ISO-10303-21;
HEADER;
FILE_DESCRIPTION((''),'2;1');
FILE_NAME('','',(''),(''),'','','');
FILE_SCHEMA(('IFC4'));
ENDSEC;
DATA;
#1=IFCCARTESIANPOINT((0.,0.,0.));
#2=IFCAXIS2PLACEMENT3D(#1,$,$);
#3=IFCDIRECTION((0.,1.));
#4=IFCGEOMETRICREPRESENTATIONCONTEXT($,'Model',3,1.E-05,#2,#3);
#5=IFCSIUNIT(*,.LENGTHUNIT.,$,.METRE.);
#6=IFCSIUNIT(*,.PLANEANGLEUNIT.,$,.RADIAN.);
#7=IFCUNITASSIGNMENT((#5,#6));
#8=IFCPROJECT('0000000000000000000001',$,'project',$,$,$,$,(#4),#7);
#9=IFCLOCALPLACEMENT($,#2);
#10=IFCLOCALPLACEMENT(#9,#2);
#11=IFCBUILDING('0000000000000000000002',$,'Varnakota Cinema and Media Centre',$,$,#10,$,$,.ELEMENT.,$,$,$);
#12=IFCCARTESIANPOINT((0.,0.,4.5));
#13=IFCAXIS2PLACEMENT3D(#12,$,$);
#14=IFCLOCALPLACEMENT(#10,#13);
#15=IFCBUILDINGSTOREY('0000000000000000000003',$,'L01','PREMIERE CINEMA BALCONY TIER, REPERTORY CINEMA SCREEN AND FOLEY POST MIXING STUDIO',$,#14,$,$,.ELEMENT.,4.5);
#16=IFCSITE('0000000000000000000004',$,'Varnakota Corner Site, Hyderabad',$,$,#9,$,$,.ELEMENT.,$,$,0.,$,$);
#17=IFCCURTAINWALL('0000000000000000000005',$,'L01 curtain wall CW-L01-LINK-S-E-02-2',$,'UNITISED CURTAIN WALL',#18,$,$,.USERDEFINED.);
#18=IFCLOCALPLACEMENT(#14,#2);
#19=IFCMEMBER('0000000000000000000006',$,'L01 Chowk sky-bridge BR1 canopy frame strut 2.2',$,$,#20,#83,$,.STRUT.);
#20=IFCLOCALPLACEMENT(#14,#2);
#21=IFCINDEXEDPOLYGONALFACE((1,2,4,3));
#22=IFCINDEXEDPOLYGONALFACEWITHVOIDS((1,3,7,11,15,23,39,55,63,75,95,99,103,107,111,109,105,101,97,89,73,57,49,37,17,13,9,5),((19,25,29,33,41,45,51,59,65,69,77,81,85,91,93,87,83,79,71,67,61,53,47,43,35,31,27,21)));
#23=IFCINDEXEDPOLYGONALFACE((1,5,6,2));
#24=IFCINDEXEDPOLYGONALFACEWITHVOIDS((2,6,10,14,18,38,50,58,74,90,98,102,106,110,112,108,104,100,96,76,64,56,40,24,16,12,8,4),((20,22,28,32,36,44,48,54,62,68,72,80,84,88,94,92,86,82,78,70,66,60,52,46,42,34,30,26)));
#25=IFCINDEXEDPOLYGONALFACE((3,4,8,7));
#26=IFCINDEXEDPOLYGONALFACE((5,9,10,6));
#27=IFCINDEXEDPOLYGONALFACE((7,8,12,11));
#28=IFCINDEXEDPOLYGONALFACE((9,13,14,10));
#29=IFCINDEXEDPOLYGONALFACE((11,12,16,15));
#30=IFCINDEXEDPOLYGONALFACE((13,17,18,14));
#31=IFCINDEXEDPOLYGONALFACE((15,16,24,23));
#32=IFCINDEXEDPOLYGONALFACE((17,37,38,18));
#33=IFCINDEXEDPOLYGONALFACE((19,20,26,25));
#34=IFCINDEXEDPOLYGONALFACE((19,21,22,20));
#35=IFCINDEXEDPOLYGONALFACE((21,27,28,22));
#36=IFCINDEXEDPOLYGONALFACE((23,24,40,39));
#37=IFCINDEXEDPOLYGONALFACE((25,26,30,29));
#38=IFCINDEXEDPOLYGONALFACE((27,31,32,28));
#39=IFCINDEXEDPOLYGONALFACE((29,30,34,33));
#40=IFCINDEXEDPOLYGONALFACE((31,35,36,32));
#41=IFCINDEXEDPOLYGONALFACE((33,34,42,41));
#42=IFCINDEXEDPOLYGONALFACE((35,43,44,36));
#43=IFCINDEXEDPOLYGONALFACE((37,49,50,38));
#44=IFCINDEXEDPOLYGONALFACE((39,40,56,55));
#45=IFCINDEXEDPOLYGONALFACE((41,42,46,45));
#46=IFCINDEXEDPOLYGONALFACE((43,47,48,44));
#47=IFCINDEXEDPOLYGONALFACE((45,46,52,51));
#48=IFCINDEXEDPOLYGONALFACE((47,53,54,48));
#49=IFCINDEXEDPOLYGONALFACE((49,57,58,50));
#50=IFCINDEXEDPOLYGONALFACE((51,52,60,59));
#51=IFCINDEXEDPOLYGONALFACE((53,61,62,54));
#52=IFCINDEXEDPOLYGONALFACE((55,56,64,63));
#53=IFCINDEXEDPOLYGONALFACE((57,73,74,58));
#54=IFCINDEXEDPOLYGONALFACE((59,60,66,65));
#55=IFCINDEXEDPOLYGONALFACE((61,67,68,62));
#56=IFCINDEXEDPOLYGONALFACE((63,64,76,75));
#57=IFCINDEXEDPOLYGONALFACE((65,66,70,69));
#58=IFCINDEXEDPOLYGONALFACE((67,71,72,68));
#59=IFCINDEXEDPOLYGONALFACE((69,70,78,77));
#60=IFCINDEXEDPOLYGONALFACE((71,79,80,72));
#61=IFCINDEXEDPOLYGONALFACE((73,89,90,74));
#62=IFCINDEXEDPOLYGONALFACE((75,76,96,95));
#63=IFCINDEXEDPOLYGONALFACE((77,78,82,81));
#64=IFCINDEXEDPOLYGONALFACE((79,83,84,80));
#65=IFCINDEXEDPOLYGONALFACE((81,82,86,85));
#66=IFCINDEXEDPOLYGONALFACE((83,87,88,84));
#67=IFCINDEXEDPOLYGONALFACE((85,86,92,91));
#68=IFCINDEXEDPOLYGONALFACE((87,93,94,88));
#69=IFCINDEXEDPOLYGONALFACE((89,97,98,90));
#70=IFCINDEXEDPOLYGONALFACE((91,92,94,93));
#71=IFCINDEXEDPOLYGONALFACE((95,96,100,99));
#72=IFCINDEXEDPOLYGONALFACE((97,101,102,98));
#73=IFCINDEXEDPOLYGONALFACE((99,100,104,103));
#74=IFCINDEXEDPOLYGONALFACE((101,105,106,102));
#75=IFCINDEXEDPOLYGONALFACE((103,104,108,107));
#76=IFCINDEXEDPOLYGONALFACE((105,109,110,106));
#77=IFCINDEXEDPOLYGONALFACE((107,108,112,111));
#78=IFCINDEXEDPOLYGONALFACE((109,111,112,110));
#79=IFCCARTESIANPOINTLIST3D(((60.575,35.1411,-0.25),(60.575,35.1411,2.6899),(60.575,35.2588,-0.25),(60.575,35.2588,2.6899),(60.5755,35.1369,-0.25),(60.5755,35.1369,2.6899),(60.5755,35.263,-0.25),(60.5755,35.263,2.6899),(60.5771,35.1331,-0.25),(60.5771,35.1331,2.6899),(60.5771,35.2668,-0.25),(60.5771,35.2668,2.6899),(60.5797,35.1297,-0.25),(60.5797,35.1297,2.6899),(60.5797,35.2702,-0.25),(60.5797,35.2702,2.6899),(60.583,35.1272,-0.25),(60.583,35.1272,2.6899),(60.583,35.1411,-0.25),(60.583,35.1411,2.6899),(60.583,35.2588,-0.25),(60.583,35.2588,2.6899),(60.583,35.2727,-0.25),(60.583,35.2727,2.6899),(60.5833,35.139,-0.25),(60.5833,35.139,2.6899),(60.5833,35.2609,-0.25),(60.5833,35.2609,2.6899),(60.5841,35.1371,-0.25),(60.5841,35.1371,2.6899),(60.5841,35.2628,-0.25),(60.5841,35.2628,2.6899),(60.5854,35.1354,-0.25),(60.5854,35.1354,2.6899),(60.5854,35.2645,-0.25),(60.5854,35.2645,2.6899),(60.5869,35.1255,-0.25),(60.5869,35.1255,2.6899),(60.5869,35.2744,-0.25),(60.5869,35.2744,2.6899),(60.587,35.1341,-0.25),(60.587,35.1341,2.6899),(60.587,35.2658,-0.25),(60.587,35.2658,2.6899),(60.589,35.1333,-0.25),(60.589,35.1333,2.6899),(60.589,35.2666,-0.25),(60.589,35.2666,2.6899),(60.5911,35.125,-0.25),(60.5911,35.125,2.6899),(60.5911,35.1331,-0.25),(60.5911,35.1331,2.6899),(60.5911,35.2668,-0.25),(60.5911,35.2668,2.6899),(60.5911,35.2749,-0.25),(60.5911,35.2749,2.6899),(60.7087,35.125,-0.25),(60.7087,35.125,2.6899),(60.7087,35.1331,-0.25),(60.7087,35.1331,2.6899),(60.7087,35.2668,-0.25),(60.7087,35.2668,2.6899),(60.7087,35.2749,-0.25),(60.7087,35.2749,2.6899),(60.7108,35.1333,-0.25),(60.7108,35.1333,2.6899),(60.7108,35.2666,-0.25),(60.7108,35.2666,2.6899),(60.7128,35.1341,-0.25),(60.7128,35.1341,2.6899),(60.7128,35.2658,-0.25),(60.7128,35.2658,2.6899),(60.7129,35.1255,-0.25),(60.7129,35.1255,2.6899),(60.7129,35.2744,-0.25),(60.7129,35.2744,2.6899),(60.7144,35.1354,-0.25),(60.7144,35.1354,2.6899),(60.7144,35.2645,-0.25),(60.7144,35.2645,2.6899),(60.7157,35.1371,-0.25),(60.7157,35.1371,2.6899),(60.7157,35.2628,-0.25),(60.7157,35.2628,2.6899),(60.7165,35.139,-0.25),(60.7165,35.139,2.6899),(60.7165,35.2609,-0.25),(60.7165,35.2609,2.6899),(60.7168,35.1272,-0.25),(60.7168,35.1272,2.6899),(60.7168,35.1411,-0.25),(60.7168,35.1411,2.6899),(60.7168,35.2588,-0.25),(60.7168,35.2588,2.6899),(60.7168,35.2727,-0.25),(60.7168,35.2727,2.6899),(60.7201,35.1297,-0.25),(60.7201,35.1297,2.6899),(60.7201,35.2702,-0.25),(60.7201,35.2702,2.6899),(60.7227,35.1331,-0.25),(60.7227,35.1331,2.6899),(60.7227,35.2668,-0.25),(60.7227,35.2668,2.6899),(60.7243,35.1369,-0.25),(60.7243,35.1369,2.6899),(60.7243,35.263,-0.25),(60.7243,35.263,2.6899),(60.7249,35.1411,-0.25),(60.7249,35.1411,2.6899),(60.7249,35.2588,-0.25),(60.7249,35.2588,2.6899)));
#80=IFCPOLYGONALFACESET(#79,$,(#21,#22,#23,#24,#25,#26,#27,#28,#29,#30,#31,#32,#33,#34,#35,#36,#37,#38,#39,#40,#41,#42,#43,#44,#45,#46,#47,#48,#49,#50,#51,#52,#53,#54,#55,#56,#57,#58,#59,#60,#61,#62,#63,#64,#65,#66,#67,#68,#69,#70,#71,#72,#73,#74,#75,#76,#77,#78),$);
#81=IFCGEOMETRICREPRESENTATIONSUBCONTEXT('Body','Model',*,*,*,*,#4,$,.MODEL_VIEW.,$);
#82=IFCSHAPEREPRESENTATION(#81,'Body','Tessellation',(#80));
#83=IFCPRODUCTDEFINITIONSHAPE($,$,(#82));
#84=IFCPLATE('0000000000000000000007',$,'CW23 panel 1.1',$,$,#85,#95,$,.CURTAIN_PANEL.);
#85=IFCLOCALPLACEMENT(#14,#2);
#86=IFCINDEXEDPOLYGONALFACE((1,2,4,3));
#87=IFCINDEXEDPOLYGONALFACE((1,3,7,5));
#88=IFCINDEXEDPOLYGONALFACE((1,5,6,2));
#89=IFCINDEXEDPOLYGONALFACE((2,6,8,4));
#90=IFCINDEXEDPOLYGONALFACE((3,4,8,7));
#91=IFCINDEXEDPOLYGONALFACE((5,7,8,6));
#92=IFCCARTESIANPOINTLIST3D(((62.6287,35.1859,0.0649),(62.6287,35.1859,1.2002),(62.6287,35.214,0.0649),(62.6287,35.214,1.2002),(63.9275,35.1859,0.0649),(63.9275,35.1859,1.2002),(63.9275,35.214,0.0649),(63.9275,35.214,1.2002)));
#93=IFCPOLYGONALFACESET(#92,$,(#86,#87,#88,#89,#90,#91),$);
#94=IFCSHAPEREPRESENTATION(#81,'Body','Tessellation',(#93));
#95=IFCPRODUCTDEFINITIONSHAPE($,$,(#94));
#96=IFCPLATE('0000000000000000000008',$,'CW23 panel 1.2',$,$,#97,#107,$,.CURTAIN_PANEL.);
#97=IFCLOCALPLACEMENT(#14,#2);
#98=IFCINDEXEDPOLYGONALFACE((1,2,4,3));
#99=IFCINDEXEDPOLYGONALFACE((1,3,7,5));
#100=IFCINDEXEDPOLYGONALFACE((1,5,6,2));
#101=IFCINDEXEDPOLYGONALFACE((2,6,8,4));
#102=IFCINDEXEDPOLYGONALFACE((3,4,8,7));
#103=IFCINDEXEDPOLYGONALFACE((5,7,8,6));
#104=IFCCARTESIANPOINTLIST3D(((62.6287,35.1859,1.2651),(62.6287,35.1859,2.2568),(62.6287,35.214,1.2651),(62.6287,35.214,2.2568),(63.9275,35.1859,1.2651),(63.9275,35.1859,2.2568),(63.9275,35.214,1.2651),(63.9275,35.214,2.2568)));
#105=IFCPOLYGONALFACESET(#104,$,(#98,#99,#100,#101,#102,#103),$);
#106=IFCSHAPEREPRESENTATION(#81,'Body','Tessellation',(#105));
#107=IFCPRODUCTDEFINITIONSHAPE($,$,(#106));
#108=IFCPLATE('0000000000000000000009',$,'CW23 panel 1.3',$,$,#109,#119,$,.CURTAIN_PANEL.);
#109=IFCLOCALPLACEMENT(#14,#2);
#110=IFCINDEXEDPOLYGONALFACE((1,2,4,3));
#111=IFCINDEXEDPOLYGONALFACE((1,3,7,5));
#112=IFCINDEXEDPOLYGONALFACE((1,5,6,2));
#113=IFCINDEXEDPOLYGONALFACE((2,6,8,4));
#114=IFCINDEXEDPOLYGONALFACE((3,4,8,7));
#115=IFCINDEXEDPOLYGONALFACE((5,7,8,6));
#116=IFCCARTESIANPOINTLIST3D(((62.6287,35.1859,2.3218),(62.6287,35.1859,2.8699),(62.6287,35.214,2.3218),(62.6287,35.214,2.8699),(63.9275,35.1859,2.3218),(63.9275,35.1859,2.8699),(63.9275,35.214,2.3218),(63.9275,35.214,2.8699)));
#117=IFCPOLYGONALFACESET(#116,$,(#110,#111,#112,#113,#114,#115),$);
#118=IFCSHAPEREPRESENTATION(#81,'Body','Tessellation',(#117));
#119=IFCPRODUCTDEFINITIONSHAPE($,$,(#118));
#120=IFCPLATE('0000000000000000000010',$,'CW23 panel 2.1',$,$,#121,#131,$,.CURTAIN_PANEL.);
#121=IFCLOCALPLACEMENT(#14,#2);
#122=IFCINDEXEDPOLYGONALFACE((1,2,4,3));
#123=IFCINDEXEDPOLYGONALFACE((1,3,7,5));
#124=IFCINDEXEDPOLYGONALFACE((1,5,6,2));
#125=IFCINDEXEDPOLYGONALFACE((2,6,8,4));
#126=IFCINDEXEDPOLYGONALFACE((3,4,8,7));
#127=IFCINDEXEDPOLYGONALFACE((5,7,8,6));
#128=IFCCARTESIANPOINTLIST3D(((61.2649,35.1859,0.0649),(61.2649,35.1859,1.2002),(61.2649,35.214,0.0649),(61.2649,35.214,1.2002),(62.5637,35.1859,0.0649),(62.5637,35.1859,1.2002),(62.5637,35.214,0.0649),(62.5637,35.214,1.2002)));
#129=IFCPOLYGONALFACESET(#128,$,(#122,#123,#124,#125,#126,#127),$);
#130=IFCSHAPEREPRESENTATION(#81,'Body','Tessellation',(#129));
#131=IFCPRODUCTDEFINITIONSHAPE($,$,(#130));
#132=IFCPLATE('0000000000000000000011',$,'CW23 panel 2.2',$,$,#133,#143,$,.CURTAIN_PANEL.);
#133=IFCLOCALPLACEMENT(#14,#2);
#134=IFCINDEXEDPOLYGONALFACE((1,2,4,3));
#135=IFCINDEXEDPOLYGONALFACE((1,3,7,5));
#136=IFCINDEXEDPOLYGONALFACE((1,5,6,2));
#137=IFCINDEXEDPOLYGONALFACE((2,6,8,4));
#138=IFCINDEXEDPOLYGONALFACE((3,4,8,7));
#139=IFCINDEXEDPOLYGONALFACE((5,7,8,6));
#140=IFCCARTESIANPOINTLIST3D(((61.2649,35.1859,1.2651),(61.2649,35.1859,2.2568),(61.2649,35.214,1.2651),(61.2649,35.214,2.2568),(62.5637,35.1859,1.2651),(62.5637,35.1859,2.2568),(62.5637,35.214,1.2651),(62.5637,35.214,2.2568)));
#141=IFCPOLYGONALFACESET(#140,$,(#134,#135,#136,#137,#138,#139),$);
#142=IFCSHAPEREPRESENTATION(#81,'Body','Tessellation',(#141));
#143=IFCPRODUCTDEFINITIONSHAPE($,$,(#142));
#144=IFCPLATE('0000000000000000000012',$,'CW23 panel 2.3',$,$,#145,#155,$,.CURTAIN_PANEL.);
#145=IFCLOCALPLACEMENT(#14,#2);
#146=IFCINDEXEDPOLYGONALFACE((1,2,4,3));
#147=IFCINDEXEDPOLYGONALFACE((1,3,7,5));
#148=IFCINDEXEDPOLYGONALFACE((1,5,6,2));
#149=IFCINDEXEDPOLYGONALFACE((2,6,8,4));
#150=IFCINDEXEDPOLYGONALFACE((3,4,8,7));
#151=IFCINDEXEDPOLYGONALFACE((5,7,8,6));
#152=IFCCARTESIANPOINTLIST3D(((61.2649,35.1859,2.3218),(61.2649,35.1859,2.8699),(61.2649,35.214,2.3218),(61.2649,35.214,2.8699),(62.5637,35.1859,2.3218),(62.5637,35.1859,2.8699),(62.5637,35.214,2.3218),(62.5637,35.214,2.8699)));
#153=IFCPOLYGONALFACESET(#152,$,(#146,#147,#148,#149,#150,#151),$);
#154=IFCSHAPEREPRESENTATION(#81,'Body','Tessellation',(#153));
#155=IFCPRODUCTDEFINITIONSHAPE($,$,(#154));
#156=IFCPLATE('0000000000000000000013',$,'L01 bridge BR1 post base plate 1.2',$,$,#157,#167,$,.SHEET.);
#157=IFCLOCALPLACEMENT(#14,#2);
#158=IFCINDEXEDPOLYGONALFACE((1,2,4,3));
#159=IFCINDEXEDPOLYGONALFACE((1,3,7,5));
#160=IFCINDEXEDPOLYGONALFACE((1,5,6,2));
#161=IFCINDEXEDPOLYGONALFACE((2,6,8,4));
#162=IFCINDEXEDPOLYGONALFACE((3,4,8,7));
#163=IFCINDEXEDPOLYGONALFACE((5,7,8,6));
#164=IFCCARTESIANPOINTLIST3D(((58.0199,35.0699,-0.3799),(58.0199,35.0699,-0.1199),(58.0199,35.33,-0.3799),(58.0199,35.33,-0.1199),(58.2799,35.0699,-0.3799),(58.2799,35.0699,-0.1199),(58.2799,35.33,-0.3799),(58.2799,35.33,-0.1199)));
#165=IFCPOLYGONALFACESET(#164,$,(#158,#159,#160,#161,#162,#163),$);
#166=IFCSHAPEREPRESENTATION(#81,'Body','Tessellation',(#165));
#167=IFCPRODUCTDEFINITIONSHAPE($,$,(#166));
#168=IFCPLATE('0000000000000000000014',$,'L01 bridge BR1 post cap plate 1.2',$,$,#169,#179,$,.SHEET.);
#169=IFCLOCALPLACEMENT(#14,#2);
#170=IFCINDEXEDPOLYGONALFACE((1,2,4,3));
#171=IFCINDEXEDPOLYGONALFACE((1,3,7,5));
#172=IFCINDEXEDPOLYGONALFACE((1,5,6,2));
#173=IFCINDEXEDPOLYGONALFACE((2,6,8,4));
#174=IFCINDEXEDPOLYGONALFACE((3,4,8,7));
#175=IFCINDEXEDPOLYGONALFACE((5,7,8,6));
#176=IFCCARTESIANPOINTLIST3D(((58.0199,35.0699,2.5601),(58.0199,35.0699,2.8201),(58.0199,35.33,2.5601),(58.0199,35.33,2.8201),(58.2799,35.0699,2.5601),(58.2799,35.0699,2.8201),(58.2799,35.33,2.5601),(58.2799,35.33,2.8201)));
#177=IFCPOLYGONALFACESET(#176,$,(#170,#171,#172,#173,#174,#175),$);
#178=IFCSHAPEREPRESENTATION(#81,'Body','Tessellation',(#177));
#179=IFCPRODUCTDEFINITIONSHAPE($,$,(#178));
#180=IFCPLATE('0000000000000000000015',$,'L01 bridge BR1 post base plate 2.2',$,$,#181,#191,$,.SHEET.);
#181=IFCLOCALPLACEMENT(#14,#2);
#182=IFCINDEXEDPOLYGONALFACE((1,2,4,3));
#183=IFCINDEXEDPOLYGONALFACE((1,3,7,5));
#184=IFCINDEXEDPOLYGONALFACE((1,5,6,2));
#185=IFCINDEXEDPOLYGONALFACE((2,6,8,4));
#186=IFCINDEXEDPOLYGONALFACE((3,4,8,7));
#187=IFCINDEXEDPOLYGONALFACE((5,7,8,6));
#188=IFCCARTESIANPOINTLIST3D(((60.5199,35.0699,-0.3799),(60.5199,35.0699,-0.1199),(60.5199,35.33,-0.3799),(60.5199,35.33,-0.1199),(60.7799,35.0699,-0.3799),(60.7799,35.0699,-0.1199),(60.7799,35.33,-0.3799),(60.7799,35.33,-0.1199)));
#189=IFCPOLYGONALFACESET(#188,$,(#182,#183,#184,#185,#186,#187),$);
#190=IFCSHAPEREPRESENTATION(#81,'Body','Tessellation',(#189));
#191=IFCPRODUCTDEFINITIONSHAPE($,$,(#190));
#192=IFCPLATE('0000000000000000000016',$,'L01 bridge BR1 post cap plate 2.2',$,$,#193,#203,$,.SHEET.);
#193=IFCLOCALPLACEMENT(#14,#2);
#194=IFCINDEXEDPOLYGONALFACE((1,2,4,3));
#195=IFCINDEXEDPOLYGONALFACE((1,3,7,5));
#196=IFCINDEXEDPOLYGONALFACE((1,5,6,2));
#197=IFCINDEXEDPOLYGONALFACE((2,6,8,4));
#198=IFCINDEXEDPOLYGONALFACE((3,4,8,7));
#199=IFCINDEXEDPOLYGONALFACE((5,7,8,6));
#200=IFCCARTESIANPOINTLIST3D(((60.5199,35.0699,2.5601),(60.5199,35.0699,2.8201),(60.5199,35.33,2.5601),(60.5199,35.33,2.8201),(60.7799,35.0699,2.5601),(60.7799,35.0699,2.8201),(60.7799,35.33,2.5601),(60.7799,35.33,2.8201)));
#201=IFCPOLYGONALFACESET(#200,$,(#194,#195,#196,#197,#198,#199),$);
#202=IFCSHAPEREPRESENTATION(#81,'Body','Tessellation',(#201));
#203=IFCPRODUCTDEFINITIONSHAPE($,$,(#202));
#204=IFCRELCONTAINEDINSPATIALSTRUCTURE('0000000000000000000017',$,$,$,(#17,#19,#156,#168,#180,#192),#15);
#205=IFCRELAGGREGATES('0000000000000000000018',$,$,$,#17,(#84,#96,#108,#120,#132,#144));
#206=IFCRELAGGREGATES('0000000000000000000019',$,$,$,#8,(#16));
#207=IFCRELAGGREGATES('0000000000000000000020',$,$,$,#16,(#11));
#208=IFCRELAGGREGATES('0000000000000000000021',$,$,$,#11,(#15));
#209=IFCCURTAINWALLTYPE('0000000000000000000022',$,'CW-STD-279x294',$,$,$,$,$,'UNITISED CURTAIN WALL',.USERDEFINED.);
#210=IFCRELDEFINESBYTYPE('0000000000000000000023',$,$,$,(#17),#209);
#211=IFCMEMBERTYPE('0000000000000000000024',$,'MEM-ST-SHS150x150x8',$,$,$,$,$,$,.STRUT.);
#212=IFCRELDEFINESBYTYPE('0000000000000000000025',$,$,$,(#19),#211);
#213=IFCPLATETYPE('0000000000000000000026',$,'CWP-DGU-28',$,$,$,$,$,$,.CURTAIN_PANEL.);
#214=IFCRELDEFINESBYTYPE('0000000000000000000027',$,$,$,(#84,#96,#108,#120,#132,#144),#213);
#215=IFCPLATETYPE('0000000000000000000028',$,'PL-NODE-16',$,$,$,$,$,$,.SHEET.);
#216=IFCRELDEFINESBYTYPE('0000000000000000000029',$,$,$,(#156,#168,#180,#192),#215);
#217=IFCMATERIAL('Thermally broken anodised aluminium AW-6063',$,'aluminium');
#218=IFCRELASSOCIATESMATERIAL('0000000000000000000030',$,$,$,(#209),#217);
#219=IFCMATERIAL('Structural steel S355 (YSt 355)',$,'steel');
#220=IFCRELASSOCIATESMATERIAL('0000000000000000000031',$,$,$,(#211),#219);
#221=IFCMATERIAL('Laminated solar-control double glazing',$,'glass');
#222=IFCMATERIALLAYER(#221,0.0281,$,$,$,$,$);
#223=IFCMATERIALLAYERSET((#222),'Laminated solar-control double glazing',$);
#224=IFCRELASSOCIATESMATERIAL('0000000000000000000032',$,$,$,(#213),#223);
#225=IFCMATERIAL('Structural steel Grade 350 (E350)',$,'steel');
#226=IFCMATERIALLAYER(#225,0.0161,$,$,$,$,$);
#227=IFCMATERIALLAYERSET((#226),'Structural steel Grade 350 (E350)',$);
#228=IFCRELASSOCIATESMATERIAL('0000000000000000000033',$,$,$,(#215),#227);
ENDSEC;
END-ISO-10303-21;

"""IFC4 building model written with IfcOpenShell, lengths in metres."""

from ifc_helpers import new_model, si_unit, direction, frame, origin, origin_2d, place, context, subcontext, project, spatial, rectangle, hollow_rectangle, extrude, material, layer, layer_set, material_profile, profile_set, type_object, element, aggregate, save


model = new_model("IFC4")

# Units and contexts
model_context = context("Model", 3, precision=1e-05, world=origin(), true_north=direction((0.0, 1.0)))
body_context = subcontext(model_context, "Body", "Model", "MODEL_VIEW")
ifc_project = project(units=[si_unit("LENGTHUNIT", "METRE"), si_unit("PLANEANGLEUNIT", "RADIAN")], contexts=[model_context])

# Site, building, storey
site_placement = place(None, origin())
site = spatial("IfcSite", under=ifc_project, at=site_placement, Name="Varnakota Corner Site, Hyderabad", CompositionType="ELEMENT", RefElevation=0.0)
building_placement = place(site_placement, origin())
building = spatial("IfcBuilding", under=site, at=building_placement, Name="Varnakota Cinema and Media Centre", CompositionType="ELEMENT")
storey_placement = place(building_placement, frame((0.0, 0.0, 4.5)))
storey = spatial("IfcBuildingStorey", under=building, at=storey_placement, Name="L01", Description="PREMIERE CINEMA BALCONY TIER, REPERTORY CINEMA SCREEN AND FOLEY POST MIXING STUDIO", CompositionType="ELEMENT", Elevation=4.5)

# Curtain wall
ifc_material_1 = material(Name="Thermally broken anodised aluminium AW-6063", Category="aluminium")
curtain_wall_type_1 = type_object("IfcCurtainWallType", Name="CW-STD-279x294", ElementType="UNITISED CURTAIN WALL", PredefinedType="USERDEFINED", material=ifc_material_1)
curtain_wall_1_placement = place(storey_placement, origin())
curtain_wall_1 = element("IfcCurtainWall", 1, at=curtain_wall_1_placement, inside=storey, type_object=curtain_wall_type_1, Name="L01 curtain wall CW-L01-LINK-S-E-02-2", ObjectType="UNITISED CURTAIN WALL", PredefinedType="USERDEFINED")

# Member
ifc_material_2 = material(Name="Structural steel S355 (YSt 355)", Category="steel")
ifc_material_profile_1 = material_profile(ifc_material_2, hollow_rectangle(XDim=0.1499, YDim=0.1499, WallThickness=0.0081, InnerFilletRadius=0.0081, OuterFilletRadius=0.0161, at=origin_2d()), Name="SHS 150x150x8")
ifc_profile_set_1 = profile_set([ifc_material_profile_1], Name="Structural steel S355 (YSt 355)")
member_type_1 = type_object("IfcMemberType", Name="MEM-ST-SHS150x150x8", PredefinedType="STRUT", material=ifc_profile_set_1)
for number, where, z_axis, x_axis, name in (
    (2, (60.6499, 35.2, -0.25), (0.0, 0.0, 1.0), (1.0, 0.0, 0.0), "L01 Chowk sky-bridge BR1 canopy frame strut 2.2"),
):
    element("IfcMember", number, at=place(storey_placement, frame(where, z_axis=z_axis, x_axis=x_axis)), inside=storey, type_object=member_type_1, Name=name, PredefinedType="STRUT", context=body_context, shape_type="SweptSolid", body=[
        extrude(hollow_rectangle(XDim=0.1499, YDim=0.1499, WallThickness=0.0081, InnerFilletRadius=0.0081, OuterFilletRadius=0.0161, at=origin_2d()), origin(), (0.0, 0.0, 1.0), 2.9399),
    ])

# Plates
ifc_material_3 = material(Name="Laminated solar-control double glazing", Category="glass")
ifc_layer_1 = layer(ifc_material_3, 0.0281)
ifc_layer_set_1 = layer_set([ifc_layer_1], Name="Laminated solar-control double glazing")
plate_type_1 = type_object("IfcPlateType", Name="CWP-DGU-28", PredefinedType="CURTAIN_PANEL", material=ifc_layer_set_1)
plate_1_placement = place(storey_placement, frame((63.2781, 35.2, 0.0649), z_axis=(0.0, 0.0, 1.0), x_axis=(-1.0, 0.0, 0.0)))
plate_1 = element("IfcPlate", 3, at=plate_1_placement, type_object=plate_type_1, Name="CW23 panel 1.1", PredefinedType="CURTAIN_PANEL", context=body_context, shape_type="SweptSolid", body=[
    extrude(rectangle(XDim=1.2988, YDim=0.0281, at=origin_2d()), origin(), (0.0, 0.0, 1.0), 1.1353),
])
plate_2_placement = place(storey_placement, frame((63.2781, 35.2, 1.2651), z_axis=(0.0, 0.0, 1.0), x_axis=(-1.0, 0.0, 0.0)))
plate_2 = element("IfcPlate", 4, at=plate_2_placement, type_object=plate_type_1, Name="CW23 panel 1.2", PredefinedType="CURTAIN_PANEL", context=body_context, shape_type="SweptSolid", body=[
    extrude(rectangle(XDim=1.2988, YDim=0.0281, at=origin_2d()), origin(), (0.0, 0.0, 1.0), 0.9917),
])
plate_3_placement = place(storey_placement, frame((63.2781, 35.2, 2.3218), z_axis=(0.0, 0.0, 1.0), x_axis=(-1.0, 0.0, 0.0)))
plate_3 = element("IfcPlate", 5, at=plate_3_placement, type_object=plate_type_1, Name="CW23 panel 1.3", PredefinedType="CURTAIN_PANEL", context=body_context, shape_type="SweptSolid", body=[
    extrude(rectangle(XDim=1.2988, YDim=0.0281, at=origin_2d()), origin(), (0.0, 0.0, 1.0), 0.5481),
])
plate_4_placement = place(storey_placement, frame((61.9143, 35.2, 0.0649), z_axis=(0.0, 0.0, 1.0), x_axis=(-1.0, 0.0, 0.0)))
plate_4 = element("IfcPlate", 6, at=plate_4_placement, type_object=plate_type_1, Name="CW23 panel 2.1", PredefinedType="CURTAIN_PANEL", context=body_context, shape_type="SweptSolid", body=[
    extrude(rectangle(XDim=1.2988, YDim=0.0281, at=origin_2d()), origin(), (0.0, 0.0, 1.0), 1.1353),
])
plate_5_placement = place(storey_placement, frame((61.9143, 35.2, 1.2651), z_axis=(0.0, 0.0, 1.0), x_axis=(-1.0, 0.0, 0.0)))
plate_5 = element("IfcPlate", 7, at=plate_5_placement, type_object=plate_type_1, Name="CW23 panel 2.2", PredefinedType="CURTAIN_PANEL", context=body_context, shape_type="SweptSolid", body=[
    extrude(rectangle(XDim=1.2988, YDim=0.0281, at=origin_2d()), origin(), (0.0, 0.0, 1.0), 0.9917),
])
plate_6_placement = place(storey_placement, frame((61.9143, 35.2, 2.3218), z_axis=(0.0, 0.0, 1.0), x_axis=(-1.0, 0.0, 0.0)))
plate_6 = element("IfcPlate", 8, at=plate_6_placement, type_object=plate_type_1, Name="CW23 panel 2.3", PredefinedType="CURTAIN_PANEL", context=body_context, shape_type="SweptSolid", body=[
    extrude(rectangle(XDim=1.2988, YDim=0.0281, at=origin_2d()), origin(), (0.0, 0.0, 1.0), 0.5481),
])
aggregate(curtain_wall_1, [plate_1, plate_2, plate_3, plate_4, plate_5, plate_6])

# Plates
ifc_material_4 = material(Name="Structural steel Grade 350 (E350)", Category="steel")
ifc_layer_2 = layer(ifc_material_4, 0.0161)
ifc_layer_set_2 = layer_set([ifc_layer_2], Name="Structural steel Grade 350 (E350)")
plate_type_2 = type_object("IfcPlateType", Name="PL-NODE-16", PredefinedType="SHEET", material=ifc_layer_set_2)
for number, where, z_axis, x_axis, name in (
    (9, (58.1499, 35.2, -0.3799), (0.0, 0.0, 1.0), (1.0, 0.0, 0.0), "L01 bridge BR1 post base plate 1.2"),
    (10, (58.1499, 35.2, 2.5601), (0.0, 0.0, 1.0), (1.0, 0.0, 0.0), "L01 bridge BR1 post cap plate 1.2"),
    (11, (60.6499, 35.2, -0.3799), (0.0, 0.0, 1.0), (1.0, 0.0, 0.0), "L01 bridge BR1 post base plate 2.2"),
    (12, (60.6499, 35.2, 2.5601), (0.0, 0.0, 1.0), (1.0, 0.0, 0.0), "L01 bridge BR1 post cap plate 2.2"),
):
    element("IfcPlate", number, at=place(storey_placement, frame(where, z_axis=z_axis, x_axis=x_axis)), inside=storey, type_object=plate_type_2, Name=name, PredefinedType="SHEET", context=body_context, shape_type="SweptSolid", body=[
        extrude(rectangle(XDim=0.26, YDim=0.26, at=origin_2d()), origin(), (0.0, 0.0, 1.0), 0.26),
    ])

save(model, "model.ifc")
